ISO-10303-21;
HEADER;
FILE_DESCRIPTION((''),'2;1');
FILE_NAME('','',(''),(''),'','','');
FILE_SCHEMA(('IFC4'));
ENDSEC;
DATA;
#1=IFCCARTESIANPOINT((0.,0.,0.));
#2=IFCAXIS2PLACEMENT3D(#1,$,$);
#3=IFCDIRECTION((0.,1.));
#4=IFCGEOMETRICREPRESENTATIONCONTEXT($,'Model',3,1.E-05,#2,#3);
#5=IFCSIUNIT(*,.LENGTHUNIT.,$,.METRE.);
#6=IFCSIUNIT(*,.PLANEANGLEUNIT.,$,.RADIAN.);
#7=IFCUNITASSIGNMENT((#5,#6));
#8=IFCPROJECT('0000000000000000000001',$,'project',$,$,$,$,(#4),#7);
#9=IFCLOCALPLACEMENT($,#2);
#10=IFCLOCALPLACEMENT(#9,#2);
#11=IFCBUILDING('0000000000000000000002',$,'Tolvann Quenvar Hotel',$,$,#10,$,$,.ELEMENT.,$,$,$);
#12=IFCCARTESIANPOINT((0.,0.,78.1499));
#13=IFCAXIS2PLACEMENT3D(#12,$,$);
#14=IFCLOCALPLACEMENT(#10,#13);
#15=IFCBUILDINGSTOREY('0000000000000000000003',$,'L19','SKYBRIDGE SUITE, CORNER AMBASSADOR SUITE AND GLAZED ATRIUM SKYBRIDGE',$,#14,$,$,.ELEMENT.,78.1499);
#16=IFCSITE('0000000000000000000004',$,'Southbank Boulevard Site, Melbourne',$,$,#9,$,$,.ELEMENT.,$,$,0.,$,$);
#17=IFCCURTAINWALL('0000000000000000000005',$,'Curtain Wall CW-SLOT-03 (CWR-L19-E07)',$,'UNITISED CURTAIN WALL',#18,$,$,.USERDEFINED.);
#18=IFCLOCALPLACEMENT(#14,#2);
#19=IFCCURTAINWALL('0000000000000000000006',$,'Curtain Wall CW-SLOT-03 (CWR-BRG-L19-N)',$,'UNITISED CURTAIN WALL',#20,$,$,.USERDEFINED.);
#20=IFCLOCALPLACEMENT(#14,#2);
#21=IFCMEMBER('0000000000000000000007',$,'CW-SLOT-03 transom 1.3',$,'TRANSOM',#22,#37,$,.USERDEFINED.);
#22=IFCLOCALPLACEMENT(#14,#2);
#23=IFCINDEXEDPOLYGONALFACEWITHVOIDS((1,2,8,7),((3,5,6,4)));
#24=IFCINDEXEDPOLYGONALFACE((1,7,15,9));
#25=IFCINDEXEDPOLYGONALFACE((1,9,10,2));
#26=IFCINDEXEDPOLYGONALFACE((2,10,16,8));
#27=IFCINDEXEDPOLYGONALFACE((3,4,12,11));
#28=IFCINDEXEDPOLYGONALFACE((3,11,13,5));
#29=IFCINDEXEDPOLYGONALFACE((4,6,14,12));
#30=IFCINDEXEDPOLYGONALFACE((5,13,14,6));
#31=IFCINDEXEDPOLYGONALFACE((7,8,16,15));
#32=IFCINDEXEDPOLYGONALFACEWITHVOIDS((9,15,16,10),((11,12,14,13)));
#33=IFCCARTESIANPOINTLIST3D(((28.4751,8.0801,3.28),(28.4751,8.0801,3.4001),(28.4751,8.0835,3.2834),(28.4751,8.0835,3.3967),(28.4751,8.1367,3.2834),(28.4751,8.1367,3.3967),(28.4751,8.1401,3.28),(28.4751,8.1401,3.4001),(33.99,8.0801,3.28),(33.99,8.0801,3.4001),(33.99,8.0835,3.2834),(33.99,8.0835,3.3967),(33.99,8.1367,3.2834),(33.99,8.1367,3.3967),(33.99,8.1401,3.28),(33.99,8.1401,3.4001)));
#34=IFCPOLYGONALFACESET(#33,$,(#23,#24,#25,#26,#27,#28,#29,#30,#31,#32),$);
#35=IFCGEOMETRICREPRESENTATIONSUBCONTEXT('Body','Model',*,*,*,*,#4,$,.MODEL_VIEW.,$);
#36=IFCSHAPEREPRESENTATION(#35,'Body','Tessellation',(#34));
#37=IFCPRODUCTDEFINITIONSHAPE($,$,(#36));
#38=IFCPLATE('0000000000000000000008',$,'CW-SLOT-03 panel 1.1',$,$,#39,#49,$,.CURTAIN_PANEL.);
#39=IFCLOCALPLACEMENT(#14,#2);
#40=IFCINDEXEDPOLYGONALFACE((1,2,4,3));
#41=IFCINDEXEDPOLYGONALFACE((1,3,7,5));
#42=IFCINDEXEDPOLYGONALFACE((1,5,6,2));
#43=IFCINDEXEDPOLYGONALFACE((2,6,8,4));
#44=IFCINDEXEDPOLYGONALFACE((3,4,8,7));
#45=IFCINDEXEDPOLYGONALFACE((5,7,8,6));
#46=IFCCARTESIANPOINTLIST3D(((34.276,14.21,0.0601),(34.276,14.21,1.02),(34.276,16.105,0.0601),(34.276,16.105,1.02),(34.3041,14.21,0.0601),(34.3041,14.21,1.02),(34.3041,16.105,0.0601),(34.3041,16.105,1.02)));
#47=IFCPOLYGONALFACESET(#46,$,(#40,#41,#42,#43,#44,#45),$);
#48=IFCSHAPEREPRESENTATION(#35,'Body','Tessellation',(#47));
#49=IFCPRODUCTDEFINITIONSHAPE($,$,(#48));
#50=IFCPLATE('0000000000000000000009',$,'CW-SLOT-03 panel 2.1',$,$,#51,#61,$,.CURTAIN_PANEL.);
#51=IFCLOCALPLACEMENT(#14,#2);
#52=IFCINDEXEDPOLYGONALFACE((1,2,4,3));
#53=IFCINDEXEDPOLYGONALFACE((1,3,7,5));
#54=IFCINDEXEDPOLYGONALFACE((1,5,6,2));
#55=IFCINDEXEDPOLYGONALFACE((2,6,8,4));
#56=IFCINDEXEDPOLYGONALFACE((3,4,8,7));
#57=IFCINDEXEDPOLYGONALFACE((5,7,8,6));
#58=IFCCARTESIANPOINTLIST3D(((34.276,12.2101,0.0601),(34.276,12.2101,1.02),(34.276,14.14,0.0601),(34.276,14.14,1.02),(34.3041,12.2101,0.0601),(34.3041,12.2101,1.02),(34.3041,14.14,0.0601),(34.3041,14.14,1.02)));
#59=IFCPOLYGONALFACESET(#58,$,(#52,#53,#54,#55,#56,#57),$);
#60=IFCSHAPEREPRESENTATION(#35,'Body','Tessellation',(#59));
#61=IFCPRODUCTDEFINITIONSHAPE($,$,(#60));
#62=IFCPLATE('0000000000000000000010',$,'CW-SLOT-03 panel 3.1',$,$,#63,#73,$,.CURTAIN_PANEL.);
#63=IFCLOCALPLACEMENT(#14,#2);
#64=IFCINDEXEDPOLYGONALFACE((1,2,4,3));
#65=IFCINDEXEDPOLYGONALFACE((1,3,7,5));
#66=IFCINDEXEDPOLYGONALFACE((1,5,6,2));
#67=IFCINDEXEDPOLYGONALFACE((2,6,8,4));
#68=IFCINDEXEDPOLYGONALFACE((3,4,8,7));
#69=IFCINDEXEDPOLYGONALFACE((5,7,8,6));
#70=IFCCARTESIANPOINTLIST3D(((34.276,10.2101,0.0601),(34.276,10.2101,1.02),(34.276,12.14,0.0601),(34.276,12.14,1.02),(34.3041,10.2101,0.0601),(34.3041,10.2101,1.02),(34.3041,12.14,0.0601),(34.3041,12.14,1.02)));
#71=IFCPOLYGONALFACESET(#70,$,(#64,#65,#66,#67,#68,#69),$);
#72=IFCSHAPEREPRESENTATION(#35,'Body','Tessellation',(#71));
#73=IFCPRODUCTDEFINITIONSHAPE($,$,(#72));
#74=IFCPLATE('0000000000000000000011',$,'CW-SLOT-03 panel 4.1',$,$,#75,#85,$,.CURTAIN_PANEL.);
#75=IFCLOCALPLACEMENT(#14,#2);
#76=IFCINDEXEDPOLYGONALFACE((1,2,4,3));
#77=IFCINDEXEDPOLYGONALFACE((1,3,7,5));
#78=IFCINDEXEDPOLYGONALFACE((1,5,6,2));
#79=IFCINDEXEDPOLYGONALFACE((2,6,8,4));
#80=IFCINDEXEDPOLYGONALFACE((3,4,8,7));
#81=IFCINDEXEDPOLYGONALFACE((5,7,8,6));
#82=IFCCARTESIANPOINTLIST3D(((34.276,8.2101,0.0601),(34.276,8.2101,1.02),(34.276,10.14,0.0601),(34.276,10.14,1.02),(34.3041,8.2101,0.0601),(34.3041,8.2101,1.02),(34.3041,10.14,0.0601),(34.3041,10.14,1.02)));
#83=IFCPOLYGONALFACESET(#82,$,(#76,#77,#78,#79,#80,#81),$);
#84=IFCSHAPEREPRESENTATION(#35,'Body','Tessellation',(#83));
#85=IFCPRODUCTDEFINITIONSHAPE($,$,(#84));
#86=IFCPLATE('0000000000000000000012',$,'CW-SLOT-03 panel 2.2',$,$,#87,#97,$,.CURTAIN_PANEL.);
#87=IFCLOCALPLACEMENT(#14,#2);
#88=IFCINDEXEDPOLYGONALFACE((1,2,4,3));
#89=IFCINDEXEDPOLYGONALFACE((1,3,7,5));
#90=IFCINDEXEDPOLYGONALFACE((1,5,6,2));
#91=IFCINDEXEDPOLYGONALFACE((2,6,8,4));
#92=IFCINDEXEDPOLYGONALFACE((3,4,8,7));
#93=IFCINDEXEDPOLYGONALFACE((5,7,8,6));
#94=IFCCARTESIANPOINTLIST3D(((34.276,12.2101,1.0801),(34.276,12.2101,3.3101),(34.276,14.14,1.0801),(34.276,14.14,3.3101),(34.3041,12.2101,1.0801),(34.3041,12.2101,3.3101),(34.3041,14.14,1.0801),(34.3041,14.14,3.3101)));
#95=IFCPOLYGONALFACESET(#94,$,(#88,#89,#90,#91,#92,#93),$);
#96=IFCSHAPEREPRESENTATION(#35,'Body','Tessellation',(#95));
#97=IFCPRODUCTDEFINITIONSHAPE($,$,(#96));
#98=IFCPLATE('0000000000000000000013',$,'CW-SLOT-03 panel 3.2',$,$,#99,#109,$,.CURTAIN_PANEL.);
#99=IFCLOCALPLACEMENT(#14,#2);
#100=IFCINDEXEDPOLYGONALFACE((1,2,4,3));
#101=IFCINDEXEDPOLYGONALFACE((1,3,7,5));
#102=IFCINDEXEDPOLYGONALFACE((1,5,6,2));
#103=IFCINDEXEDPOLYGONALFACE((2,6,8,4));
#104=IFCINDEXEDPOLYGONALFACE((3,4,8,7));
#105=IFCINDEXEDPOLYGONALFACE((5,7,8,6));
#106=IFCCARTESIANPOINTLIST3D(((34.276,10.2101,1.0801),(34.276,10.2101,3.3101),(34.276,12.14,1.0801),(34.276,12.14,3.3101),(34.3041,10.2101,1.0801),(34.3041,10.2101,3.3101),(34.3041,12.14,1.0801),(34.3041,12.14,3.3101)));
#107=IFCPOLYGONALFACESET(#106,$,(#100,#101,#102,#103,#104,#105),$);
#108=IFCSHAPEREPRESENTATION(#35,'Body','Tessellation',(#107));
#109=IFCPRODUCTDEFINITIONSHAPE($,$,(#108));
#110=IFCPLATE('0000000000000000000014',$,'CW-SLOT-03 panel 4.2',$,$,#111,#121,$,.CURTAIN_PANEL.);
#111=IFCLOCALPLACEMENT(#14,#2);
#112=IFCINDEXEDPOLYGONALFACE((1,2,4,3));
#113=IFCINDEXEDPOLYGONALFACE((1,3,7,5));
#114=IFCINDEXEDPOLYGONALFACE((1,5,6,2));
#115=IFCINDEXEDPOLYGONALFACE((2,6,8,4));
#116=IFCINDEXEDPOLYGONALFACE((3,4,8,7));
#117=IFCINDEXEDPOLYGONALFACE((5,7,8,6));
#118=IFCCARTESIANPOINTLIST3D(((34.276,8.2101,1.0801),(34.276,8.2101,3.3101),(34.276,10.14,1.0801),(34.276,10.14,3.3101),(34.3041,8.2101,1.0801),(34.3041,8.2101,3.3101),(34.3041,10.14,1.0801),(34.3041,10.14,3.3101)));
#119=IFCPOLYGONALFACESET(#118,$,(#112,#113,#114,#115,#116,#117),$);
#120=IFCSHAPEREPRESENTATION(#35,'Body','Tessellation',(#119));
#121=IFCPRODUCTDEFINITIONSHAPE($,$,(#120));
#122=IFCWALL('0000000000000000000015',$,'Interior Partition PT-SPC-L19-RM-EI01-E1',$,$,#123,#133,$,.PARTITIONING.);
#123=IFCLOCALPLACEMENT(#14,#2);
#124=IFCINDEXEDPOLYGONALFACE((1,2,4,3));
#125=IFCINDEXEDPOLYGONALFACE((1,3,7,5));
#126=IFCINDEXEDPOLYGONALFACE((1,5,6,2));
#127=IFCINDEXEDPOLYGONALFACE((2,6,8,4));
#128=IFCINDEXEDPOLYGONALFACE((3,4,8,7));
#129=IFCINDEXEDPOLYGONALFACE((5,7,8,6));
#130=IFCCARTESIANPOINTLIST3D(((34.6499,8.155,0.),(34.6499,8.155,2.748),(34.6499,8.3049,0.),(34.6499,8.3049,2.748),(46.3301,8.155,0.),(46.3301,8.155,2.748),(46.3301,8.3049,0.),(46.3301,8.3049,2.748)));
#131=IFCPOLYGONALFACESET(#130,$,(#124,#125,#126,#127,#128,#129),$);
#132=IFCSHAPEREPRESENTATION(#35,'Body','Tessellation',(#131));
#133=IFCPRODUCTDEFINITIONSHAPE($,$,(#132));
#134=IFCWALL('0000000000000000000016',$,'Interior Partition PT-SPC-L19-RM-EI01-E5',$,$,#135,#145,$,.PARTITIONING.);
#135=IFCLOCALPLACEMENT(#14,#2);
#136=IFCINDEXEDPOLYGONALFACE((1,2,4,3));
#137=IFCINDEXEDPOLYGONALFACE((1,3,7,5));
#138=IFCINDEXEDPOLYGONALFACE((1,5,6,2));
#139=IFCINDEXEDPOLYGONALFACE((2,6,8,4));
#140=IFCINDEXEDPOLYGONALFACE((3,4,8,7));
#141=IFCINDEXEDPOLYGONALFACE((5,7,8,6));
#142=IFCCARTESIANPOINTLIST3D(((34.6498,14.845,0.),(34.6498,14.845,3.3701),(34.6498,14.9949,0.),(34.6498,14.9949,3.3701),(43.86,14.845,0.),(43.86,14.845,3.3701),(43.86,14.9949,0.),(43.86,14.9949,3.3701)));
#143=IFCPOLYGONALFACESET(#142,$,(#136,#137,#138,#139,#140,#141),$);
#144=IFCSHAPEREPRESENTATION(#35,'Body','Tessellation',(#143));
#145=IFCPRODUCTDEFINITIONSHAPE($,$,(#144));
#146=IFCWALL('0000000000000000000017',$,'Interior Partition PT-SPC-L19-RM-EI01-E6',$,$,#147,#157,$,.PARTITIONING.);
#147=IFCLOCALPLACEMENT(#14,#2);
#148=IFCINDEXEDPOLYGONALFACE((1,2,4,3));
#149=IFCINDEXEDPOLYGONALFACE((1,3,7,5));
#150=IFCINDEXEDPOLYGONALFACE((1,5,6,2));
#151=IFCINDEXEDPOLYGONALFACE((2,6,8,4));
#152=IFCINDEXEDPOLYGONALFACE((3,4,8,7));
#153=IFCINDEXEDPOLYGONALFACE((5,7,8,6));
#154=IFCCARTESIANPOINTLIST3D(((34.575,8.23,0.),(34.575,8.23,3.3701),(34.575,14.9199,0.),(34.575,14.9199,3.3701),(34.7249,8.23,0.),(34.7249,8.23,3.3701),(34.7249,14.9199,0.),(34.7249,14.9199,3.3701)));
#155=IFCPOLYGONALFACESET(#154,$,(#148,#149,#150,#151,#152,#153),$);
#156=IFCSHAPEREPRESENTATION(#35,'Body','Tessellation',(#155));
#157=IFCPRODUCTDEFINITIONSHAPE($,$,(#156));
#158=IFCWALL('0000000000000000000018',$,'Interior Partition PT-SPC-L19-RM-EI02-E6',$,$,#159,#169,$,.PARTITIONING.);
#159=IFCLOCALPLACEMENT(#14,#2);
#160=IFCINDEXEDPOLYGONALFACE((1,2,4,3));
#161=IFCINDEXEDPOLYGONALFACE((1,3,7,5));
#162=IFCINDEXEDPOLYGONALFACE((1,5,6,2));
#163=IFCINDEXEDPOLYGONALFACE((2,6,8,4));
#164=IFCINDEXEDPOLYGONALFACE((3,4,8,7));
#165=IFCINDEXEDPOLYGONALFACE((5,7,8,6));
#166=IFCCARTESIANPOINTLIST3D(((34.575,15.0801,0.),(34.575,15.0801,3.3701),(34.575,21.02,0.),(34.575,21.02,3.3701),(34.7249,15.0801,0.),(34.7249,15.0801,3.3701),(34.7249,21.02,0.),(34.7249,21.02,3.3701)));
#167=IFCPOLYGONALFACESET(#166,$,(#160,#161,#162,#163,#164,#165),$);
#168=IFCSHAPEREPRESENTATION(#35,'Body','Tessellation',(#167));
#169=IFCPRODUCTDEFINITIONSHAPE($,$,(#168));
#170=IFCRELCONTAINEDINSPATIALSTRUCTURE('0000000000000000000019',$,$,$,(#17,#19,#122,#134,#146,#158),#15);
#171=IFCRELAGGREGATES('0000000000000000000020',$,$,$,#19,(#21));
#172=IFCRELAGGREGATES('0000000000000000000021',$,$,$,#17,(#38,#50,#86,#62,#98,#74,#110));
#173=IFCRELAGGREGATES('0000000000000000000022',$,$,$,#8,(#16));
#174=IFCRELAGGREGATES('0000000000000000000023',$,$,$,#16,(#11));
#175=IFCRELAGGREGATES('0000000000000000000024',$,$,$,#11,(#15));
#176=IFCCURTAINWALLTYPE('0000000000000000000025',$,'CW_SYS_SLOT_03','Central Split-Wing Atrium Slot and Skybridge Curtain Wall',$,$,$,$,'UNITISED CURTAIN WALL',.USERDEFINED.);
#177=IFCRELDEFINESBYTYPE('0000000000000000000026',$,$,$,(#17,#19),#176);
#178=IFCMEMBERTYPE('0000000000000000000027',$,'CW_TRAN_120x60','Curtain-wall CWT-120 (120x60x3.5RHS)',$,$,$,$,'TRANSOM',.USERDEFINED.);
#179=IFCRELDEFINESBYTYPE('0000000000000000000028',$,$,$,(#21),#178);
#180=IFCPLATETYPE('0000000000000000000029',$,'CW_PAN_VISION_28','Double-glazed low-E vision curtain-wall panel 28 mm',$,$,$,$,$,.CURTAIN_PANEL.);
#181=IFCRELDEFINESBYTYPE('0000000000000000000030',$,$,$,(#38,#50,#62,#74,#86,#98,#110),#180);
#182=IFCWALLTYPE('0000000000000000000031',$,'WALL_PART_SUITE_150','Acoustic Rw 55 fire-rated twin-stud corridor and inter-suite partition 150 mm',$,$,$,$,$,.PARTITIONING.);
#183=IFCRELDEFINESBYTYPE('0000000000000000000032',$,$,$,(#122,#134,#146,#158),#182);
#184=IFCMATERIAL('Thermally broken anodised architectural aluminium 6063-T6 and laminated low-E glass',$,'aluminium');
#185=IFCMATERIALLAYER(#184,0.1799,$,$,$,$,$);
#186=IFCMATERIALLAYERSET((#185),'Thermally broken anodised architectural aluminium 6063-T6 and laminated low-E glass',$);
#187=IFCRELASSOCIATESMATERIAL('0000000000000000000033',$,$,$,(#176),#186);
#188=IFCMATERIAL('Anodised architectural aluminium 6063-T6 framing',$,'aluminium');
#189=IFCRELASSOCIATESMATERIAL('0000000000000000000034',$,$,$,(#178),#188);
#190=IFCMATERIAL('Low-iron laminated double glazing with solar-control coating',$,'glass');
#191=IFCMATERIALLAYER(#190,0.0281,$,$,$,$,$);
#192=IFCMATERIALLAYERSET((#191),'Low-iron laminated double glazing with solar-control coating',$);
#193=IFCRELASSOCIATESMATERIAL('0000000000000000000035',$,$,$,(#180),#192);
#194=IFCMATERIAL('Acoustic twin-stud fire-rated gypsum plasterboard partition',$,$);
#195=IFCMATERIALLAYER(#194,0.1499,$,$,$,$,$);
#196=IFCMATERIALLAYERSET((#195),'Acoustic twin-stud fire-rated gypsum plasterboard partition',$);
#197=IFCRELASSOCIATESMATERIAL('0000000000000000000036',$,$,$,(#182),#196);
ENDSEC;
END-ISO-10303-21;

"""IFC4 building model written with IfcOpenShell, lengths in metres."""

from ifc_helpers import new_model, si_unit, direction, frame, frame_2d, origin, origin_2d, place, context, subcontext, project, spatial, rectangle, hollow_rectangle, extrude, source, transform, mapped, material, layer, layer_set, material_profile, profile_set, type_object, type_shapes, element, aggregate, save


model = new_model("IFC4")

# Units and contexts
model_context = context("Model", 3, precision=1e-05, world=origin(), true_north=direction((0.0, 1.0)))
body_context = subcontext(model_context, "Body", "Model", "MODEL_VIEW")
ifc_project = project(units=[si_unit("LENGTHUNIT", "METRE"), si_unit("PLANEANGLEUNIT", "RADIAN")], contexts=[model_context])

# Site, building, storey
site_placement = place(None, origin())
site = spatial("IfcSite", under=ifc_project, at=site_placement, Name="Southbank Boulevard Site, Melbourne", CompositionType="ELEMENT", RefElevation=0.0)
building_placement = place(site_placement, origin())
building = spatial("IfcBuilding", under=site, at=building_placement, Name="Tolvann Quenvar Hotel", CompositionType="ELEMENT")
storey_placement = place(building_placement, frame((0.0, 0.0, 78.1499)))
storey = spatial("IfcBuildingStorey", under=building, at=storey_placement, Name="L19", Description="SKYBRIDGE SUITE, CORNER AMBASSADOR SUITE AND GLAZED ATRIUM SKYBRIDGE", CompositionType="ELEMENT", Elevation=78.1499)

# Curtain wall
ifc_material_1 = material(Name="Thermally broken anodised architectural aluminium 6063-T6 and laminated low-E glass", Category="aluminium")
ifc_layer_1 = layer(ifc_material_1, 0.1799)
ifc_layer_set_1 = layer_set([ifc_layer_1], Name="Thermally broken anodised architectural aluminium 6063-T6 and laminated low-E glass")
curtain_wall_type = type_object("IfcCurtainWallType", Name="CW_SYS_SLOT_03", Description="Central Split-Wing Atrium Slot and Skybridge Curtain Wall", ElementType="UNITISED CURTAIN WALL", PredefinedType="USERDEFINED", material=ifc_layer_set_1)
curtain_wall_1_placement = place(storey_placement, origin())
curtain_wall_1 = element("IfcCurtainWall", 1, at=curtain_wall_1_placement, inside=storey, type_object=curtain_wall_type, Name="Curtain Wall CW-SLOT-03 (CWR-L19-E07)", ObjectType="UNITISED CURTAIN WALL", PredefinedType="USERDEFINED")
ifc_material_2 = material(Name="Anodised architectural aluminium 6063-T6 framing", Category="aluminium")

# Curtain wall
curtain_wall_2_placement = place(storey_placement, origin())
curtain_wall_2 = element("IfcCurtainWall", 2, at=curtain_wall_2_placement, inside=storey, type_object=curtain_wall_type, Name="Curtain Wall CW-SLOT-03 (CWR-BRG-L19-N)", ObjectType="UNITISED CURTAIN WALL", PredefinedType="USERDEFINED")

# Member
ifc_material_profile_1 = material_profile(ifc_material_2, hollow_rectangle(XDim=0.0601, YDim=0.1201, WallThickness=0.0034, at=origin_2d()), Name="120x60x3.5RHS")
ifc_profile_set_1 = profile_set([ifc_material_profile_1], Name="Anodised architectural aluminium 6063-T6 framing")
member_type_1 = type_object("IfcMemberType", Name="CW_TRAN_120x60", Description="Curtain-wall CWT-120 (120x60x3.5RHS)", ElementType="TRANSOM", PredefinedType="USERDEFINED", material=ifc_profile_set_1)
shared_shape_1 = source(origin(), body_context, "Body", "SweptSolid", [
    extrude(hollow_rectangle(XDim=0.0601, YDim=0.1201, WallThickness=0.0034, at=origin_2d()), origin(), (0.0, 0.0, 1.0), 5.5149),
])
member_1_placement = place(storey_placement, frame((33.99, 8.1101, 3.3401), z_axis=(-1.0, 0.0, 0.0), x_axis=(0.0, -1.0, 0.0)))
member_1 = element("IfcMember", 3, at=member_1_placement, type_object=member_type_1, Name="CW-SLOT-03 transom 1.3", ObjectType="TRANSOM", PredefinedType="USERDEFINED", context=body_context, shape_type="MappedRepresentation", body=[
    mapped(shared_shape_1, transform((0.0, 0.0, 0.0), x_axis=(1.0, 0.0, 0.0), y_axis=(0.0, 1.0, 0.0), z_axis=(0.0, 0.0, 1.0), scale=1.0)),
])
aggregate(curtain_wall_2, [member_1])

# Plates
ifc_material_3 = material(Name="Low-iron laminated double glazing with solar-control coating", Category="glass")
ifc_layer_2 = layer(ifc_material_3, 0.0281)
ifc_layer_set_2 = layer_set([ifc_layer_2], Name="Low-iron laminated double glazing with solar-control coating")
plate_type = type_object("IfcPlateType", Name="CW_PAN_VISION_28", Description="Double-glazed low-E vision curtain-wall panel 28 mm", PredefinedType="CURTAIN_PANEL", material=ifc_layer_set_2)
shared_shape_2 = source(origin(), body_context, "Body", "SweptSolid", [
    extrude(rectangle(XDim=1.895, YDim=0.0281, at=origin_2d()), origin(), (0.0, 0.0, 1.0), 0.96),
])
plate_1_placement = place(storey_placement, frame((34.29, 15.1575, 0.0601), z_axis=(0.0, 0.0, 1.0), x_axis=(0.0, -1.0, 0.0)))
plate_1 = element("IfcPlate", 4, at=plate_1_placement, type_object=plate_type, Name="CW-SLOT-03 panel 1.1", PredefinedType="CURTAIN_PANEL", context=body_context, shape_type="MappedRepresentation", body=[
    mapped(shared_shape_2, transform((0.0, 0.0, 0.0), x_axis=(1.0, 0.0, 0.0), y_axis=(0.0, 1.0, 0.0), z_axis=(0.0, 0.0, 1.0), scale=1.0)),
])
shared_shape_3 = source(origin(), body_context, "Body", "SweptSolid", [
    extrude(rectangle(XDim=1.9299, YDim=0.0281, at=origin_2d()), origin(), (0.0, 0.0, 1.0), 0.96),
])
plate_2_placement = place(storey_placement, frame((34.29, 13.175, 0.0601), z_axis=(0.0, 0.0, 1.0), x_axis=(0.0, -1.0, 0.0)))
plate_2 = element("IfcPlate", 5, at=plate_2_placement, type_object=plate_type, Name="CW-SLOT-03 panel 2.1", PredefinedType="CURTAIN_PANEL", context=body_context, shape_type="MappedRepresentation", body=[
    mapped(shared_shape_3, transform((0.0, 0.0, 0.0), x_axis=(1.0, 0.0, 0.0), y_axis=(0.0, 1.0, 0.0), z_axis=(0.0, 0.0, 1.0), scale=1.0)),
])
plate_3_placement = place(storey_placement, frame((34.29, 11.175, 0.0601), z_axis=(0.0, 0.0, 1.0), x_axis=(0.0, -1.0, 0.0)))
plate_3 = element("IfcPlate", 6, at=plate_3_placement, type_object=plate_type, Name="CW-SLOT-03 panel 3.1", PredefinedType="CURTAIN_PANEL", context=body_context, shape_type="MappedRepresentation", body=[
    mapped(shared_shape_3, transform((0.0, 0.0, 0.0), x_axis=(1.0, 0.0, 0.0), y_axis=(0.0, 1.0, 0.0), z_axis=(0.0, 0.0, 1.0), scale=1.0)),
])
plate_4_placement = place(storey_placement, frame((34.29, 9.175, 0.0601), z_axis=(0.0, 0.0, 1.0), x_axis=(0.0, -1.0, 0.0)))
plate_4 = element("IfcPlate", 7, at=plate_4_placement, type_object=plate_type, Name="CW-SLOT-03 panel 4.1", PredefinedType="CURTAIN_PANEL", context=body_context, shape_type="MappedRepresentation", body=[
    mapped(shared_shape_3, transform((0.0, 0.0, 0.0), x_axis=(1.0, 0.0, 0.0), y_axis=(0.0, 1.0, 0.0), z_axis=(0.0, 0.0, 1.0), scale=1.0)),
])
shared_shape_4 = source(origin(), body_context, "Body", "SweptSolid", [
    extrude(rectangle(XDim=1.9299, YDim=0.0281, at=origin_2d()), origin(), (0.0, 0.0, 1.0), 2.23),
])
type_shapes(plate_type, [shared_shape_2, shared_shape_3, shared_shape_4])
plate_5_placement = place(storey_placement, frame((34.29, 13.175, 1.0801), z_axis=(0.0, 0.0, 1.0), x_axis=(0.0, -1.0, 0.0)))
plate_5 = element("IfcPlate", 8, at=plate_5_placement, type_object=plate_type, Name="CW-SLOT-03 panel 2.2", PredefinedType="CURTAIN_PANEL", context=body_context, shape_type="MappedRepresentation", body=[
    mapped(shared_shape_4, transform((0.0, 0.0, 0.0), x_axis=(1.0, 0.0, 0.0), y_axis=(0.0, 1.0, 0.0), z_axis=(0.0, 0.0, 1.0), scale=1.0)),
])
plate_6_placement = place(storey_placement, frame((34.29, 11.175, 1.0801), z_axis=(0.0, 0.0, 1.0), x_axis=(0.0, -1.0, 0.0)))
plate_6 = element("IfcPlate", 9, at=plate_6_placement, type_object=plate_type, Name="CW-SLOT-03 panel 3.2", PredefinedType="CURTAIN_PANEL", context=body_context, shape_type="MappedRepresentation", body=[
    mapped(shared_shape_4, transform((0.0, 0.0, 0.0), x_axis=(1.0, 0.0, 0.0), y_axis=(0.0, 1.0, 0.0), z_axis=(0.0, 0.0, 1.0), scale=1.0)),
])
plate_7_placement = place(storey_placement, frame((34.29, 9.175, 1.0801), z_axis=(0.0, 0.0, 1.0), x_axis=(0.0, -1.0, 0.0)))
plate_7 = element("IfcPlate", 10, at=plate_7_placement, type_object=plate_type, Name="CW-SLOT-03 panel 4.2", PredefinedType="CURTAIN_PANEL", context=body_context, shape_type="MappedRepresentation", body=[
    mapped(shared_shape_4, transform((0.0, 0.0, 0.0), x_axis=(1.0, 0.0, 0.0), y_axis=(0.0, 1.0, 0.0), z_axis=(0.0, 0.0, 1.0), scale=1.0)),
])
aggregate(curtain_wall_1, [plate_1, plate_2, plate_5, plate_3, plate_6, plate_4, plate_7])

# Walls
ifc_material_4 = material(Name="Acoustic twin-stud fire-rated gypsum plasterboard partition")
ifc_layer_3 = layer(ifc_material_4, 0.1499)
ifc_layer_set_3 = layer_set([ifc_layer_3], Name="Acoustic twin-stud fire-rated gypsum plasterboard partition")
wall_type = type_object("IfcWallType", Name="WALL_PART_SUITE_150", Description="Acoustic Rw 55 fire-rated twin-stud corridor and inter-suite partition 150 mm", PredefinedType="PARTITIONING", material=ifc_layer_set_3)
wall_1_placement = place(storey_placement, frame((34.6499, 8.23, 0.0), z_axis=(0.0, 0.0, 1.0), x_axis=(1.0, 0.0, 0.0)))
element("IfcWall", 11, at=wall_1_placement, inside=storey, type_object=wall_type, Name="Interior Partition PT-SPC-L19-RM-EI01-E1", PredefinedType="PARTITIONING", context=body_context, shape_type="SweptSolid", body=[
    extrude(rectangle(XDim=11.6802, YDim=0.1499, at=frame_2d((5.8401, 0.0))), origin(), (0.0, 0.0, 1.0), 2.748),
])
wall_2_placement = place(storey_placement, frame((34.6499, 14.9199, 0.0), z_axis=(0.0, 0.0, 1.0), x_axis=(1.0, 0.0, 0.0)))
element("IfcWall", 12, at=wall_2_placement, inside=storey, type_object=wall_type, Name="Interior Partition PT-SPC-L19-RM-EI01-E5", PredefinedType="PARTITIONING", context=body_context, shape_type="SweptSolid", body=[
    extrude(rectangle(XDim=9.2102, YDim=0.1499, at=frame_2d((4.605, 0.0))), origin(), (0.0, 0.0, 1.0), 3.3701),
])
wall_3_placement = place(storey_placement, frame((34.6499, 8.23, 0.0), z_axis=(0.0, 0.0, 1.0), x_axis=(0.0, 1.0, 0.0)))
element("IfcWall", 13, at=wall_3_placement, inside=storey, type_object=wall_type, Name="Interior Partition PT-SPC-L19-RM-EI01-E6", PredefinedType="PARTITIONING", context=body_context, shape_type="SweptSolid", body=[
    extrude(rectangle(XDim=6.6899, YDim=0.1499, at=frame_2d((3.345, 0.0))), origin(), (0.0, 0.0, 1.0), 3.3701),
])
wall_4_placement = place(storey_placement, frame((34.6499, 15.0801, 0.0), z_axis=(0.0, 0.0, 1.0), x_axis=(0.0, 1.0, 0.0)))
element("IfcWall", 14, at=wall_4_placement, inside=storey, type_object=wall_type, Name="Interior Partition PT-SPC-L19-RM-EI02-E6", PredefinedType="PARTITIONING", context=body_context, shape_type="SweptSolid", body=[
    extrude(rectangle(XDim=5.9399, YDim=0.1499, at=frame_2d((2.97, 0.0))), origin(), (0.0, 0.0, 1.0), 3.3701),
])

save(model, "model.ifc")
